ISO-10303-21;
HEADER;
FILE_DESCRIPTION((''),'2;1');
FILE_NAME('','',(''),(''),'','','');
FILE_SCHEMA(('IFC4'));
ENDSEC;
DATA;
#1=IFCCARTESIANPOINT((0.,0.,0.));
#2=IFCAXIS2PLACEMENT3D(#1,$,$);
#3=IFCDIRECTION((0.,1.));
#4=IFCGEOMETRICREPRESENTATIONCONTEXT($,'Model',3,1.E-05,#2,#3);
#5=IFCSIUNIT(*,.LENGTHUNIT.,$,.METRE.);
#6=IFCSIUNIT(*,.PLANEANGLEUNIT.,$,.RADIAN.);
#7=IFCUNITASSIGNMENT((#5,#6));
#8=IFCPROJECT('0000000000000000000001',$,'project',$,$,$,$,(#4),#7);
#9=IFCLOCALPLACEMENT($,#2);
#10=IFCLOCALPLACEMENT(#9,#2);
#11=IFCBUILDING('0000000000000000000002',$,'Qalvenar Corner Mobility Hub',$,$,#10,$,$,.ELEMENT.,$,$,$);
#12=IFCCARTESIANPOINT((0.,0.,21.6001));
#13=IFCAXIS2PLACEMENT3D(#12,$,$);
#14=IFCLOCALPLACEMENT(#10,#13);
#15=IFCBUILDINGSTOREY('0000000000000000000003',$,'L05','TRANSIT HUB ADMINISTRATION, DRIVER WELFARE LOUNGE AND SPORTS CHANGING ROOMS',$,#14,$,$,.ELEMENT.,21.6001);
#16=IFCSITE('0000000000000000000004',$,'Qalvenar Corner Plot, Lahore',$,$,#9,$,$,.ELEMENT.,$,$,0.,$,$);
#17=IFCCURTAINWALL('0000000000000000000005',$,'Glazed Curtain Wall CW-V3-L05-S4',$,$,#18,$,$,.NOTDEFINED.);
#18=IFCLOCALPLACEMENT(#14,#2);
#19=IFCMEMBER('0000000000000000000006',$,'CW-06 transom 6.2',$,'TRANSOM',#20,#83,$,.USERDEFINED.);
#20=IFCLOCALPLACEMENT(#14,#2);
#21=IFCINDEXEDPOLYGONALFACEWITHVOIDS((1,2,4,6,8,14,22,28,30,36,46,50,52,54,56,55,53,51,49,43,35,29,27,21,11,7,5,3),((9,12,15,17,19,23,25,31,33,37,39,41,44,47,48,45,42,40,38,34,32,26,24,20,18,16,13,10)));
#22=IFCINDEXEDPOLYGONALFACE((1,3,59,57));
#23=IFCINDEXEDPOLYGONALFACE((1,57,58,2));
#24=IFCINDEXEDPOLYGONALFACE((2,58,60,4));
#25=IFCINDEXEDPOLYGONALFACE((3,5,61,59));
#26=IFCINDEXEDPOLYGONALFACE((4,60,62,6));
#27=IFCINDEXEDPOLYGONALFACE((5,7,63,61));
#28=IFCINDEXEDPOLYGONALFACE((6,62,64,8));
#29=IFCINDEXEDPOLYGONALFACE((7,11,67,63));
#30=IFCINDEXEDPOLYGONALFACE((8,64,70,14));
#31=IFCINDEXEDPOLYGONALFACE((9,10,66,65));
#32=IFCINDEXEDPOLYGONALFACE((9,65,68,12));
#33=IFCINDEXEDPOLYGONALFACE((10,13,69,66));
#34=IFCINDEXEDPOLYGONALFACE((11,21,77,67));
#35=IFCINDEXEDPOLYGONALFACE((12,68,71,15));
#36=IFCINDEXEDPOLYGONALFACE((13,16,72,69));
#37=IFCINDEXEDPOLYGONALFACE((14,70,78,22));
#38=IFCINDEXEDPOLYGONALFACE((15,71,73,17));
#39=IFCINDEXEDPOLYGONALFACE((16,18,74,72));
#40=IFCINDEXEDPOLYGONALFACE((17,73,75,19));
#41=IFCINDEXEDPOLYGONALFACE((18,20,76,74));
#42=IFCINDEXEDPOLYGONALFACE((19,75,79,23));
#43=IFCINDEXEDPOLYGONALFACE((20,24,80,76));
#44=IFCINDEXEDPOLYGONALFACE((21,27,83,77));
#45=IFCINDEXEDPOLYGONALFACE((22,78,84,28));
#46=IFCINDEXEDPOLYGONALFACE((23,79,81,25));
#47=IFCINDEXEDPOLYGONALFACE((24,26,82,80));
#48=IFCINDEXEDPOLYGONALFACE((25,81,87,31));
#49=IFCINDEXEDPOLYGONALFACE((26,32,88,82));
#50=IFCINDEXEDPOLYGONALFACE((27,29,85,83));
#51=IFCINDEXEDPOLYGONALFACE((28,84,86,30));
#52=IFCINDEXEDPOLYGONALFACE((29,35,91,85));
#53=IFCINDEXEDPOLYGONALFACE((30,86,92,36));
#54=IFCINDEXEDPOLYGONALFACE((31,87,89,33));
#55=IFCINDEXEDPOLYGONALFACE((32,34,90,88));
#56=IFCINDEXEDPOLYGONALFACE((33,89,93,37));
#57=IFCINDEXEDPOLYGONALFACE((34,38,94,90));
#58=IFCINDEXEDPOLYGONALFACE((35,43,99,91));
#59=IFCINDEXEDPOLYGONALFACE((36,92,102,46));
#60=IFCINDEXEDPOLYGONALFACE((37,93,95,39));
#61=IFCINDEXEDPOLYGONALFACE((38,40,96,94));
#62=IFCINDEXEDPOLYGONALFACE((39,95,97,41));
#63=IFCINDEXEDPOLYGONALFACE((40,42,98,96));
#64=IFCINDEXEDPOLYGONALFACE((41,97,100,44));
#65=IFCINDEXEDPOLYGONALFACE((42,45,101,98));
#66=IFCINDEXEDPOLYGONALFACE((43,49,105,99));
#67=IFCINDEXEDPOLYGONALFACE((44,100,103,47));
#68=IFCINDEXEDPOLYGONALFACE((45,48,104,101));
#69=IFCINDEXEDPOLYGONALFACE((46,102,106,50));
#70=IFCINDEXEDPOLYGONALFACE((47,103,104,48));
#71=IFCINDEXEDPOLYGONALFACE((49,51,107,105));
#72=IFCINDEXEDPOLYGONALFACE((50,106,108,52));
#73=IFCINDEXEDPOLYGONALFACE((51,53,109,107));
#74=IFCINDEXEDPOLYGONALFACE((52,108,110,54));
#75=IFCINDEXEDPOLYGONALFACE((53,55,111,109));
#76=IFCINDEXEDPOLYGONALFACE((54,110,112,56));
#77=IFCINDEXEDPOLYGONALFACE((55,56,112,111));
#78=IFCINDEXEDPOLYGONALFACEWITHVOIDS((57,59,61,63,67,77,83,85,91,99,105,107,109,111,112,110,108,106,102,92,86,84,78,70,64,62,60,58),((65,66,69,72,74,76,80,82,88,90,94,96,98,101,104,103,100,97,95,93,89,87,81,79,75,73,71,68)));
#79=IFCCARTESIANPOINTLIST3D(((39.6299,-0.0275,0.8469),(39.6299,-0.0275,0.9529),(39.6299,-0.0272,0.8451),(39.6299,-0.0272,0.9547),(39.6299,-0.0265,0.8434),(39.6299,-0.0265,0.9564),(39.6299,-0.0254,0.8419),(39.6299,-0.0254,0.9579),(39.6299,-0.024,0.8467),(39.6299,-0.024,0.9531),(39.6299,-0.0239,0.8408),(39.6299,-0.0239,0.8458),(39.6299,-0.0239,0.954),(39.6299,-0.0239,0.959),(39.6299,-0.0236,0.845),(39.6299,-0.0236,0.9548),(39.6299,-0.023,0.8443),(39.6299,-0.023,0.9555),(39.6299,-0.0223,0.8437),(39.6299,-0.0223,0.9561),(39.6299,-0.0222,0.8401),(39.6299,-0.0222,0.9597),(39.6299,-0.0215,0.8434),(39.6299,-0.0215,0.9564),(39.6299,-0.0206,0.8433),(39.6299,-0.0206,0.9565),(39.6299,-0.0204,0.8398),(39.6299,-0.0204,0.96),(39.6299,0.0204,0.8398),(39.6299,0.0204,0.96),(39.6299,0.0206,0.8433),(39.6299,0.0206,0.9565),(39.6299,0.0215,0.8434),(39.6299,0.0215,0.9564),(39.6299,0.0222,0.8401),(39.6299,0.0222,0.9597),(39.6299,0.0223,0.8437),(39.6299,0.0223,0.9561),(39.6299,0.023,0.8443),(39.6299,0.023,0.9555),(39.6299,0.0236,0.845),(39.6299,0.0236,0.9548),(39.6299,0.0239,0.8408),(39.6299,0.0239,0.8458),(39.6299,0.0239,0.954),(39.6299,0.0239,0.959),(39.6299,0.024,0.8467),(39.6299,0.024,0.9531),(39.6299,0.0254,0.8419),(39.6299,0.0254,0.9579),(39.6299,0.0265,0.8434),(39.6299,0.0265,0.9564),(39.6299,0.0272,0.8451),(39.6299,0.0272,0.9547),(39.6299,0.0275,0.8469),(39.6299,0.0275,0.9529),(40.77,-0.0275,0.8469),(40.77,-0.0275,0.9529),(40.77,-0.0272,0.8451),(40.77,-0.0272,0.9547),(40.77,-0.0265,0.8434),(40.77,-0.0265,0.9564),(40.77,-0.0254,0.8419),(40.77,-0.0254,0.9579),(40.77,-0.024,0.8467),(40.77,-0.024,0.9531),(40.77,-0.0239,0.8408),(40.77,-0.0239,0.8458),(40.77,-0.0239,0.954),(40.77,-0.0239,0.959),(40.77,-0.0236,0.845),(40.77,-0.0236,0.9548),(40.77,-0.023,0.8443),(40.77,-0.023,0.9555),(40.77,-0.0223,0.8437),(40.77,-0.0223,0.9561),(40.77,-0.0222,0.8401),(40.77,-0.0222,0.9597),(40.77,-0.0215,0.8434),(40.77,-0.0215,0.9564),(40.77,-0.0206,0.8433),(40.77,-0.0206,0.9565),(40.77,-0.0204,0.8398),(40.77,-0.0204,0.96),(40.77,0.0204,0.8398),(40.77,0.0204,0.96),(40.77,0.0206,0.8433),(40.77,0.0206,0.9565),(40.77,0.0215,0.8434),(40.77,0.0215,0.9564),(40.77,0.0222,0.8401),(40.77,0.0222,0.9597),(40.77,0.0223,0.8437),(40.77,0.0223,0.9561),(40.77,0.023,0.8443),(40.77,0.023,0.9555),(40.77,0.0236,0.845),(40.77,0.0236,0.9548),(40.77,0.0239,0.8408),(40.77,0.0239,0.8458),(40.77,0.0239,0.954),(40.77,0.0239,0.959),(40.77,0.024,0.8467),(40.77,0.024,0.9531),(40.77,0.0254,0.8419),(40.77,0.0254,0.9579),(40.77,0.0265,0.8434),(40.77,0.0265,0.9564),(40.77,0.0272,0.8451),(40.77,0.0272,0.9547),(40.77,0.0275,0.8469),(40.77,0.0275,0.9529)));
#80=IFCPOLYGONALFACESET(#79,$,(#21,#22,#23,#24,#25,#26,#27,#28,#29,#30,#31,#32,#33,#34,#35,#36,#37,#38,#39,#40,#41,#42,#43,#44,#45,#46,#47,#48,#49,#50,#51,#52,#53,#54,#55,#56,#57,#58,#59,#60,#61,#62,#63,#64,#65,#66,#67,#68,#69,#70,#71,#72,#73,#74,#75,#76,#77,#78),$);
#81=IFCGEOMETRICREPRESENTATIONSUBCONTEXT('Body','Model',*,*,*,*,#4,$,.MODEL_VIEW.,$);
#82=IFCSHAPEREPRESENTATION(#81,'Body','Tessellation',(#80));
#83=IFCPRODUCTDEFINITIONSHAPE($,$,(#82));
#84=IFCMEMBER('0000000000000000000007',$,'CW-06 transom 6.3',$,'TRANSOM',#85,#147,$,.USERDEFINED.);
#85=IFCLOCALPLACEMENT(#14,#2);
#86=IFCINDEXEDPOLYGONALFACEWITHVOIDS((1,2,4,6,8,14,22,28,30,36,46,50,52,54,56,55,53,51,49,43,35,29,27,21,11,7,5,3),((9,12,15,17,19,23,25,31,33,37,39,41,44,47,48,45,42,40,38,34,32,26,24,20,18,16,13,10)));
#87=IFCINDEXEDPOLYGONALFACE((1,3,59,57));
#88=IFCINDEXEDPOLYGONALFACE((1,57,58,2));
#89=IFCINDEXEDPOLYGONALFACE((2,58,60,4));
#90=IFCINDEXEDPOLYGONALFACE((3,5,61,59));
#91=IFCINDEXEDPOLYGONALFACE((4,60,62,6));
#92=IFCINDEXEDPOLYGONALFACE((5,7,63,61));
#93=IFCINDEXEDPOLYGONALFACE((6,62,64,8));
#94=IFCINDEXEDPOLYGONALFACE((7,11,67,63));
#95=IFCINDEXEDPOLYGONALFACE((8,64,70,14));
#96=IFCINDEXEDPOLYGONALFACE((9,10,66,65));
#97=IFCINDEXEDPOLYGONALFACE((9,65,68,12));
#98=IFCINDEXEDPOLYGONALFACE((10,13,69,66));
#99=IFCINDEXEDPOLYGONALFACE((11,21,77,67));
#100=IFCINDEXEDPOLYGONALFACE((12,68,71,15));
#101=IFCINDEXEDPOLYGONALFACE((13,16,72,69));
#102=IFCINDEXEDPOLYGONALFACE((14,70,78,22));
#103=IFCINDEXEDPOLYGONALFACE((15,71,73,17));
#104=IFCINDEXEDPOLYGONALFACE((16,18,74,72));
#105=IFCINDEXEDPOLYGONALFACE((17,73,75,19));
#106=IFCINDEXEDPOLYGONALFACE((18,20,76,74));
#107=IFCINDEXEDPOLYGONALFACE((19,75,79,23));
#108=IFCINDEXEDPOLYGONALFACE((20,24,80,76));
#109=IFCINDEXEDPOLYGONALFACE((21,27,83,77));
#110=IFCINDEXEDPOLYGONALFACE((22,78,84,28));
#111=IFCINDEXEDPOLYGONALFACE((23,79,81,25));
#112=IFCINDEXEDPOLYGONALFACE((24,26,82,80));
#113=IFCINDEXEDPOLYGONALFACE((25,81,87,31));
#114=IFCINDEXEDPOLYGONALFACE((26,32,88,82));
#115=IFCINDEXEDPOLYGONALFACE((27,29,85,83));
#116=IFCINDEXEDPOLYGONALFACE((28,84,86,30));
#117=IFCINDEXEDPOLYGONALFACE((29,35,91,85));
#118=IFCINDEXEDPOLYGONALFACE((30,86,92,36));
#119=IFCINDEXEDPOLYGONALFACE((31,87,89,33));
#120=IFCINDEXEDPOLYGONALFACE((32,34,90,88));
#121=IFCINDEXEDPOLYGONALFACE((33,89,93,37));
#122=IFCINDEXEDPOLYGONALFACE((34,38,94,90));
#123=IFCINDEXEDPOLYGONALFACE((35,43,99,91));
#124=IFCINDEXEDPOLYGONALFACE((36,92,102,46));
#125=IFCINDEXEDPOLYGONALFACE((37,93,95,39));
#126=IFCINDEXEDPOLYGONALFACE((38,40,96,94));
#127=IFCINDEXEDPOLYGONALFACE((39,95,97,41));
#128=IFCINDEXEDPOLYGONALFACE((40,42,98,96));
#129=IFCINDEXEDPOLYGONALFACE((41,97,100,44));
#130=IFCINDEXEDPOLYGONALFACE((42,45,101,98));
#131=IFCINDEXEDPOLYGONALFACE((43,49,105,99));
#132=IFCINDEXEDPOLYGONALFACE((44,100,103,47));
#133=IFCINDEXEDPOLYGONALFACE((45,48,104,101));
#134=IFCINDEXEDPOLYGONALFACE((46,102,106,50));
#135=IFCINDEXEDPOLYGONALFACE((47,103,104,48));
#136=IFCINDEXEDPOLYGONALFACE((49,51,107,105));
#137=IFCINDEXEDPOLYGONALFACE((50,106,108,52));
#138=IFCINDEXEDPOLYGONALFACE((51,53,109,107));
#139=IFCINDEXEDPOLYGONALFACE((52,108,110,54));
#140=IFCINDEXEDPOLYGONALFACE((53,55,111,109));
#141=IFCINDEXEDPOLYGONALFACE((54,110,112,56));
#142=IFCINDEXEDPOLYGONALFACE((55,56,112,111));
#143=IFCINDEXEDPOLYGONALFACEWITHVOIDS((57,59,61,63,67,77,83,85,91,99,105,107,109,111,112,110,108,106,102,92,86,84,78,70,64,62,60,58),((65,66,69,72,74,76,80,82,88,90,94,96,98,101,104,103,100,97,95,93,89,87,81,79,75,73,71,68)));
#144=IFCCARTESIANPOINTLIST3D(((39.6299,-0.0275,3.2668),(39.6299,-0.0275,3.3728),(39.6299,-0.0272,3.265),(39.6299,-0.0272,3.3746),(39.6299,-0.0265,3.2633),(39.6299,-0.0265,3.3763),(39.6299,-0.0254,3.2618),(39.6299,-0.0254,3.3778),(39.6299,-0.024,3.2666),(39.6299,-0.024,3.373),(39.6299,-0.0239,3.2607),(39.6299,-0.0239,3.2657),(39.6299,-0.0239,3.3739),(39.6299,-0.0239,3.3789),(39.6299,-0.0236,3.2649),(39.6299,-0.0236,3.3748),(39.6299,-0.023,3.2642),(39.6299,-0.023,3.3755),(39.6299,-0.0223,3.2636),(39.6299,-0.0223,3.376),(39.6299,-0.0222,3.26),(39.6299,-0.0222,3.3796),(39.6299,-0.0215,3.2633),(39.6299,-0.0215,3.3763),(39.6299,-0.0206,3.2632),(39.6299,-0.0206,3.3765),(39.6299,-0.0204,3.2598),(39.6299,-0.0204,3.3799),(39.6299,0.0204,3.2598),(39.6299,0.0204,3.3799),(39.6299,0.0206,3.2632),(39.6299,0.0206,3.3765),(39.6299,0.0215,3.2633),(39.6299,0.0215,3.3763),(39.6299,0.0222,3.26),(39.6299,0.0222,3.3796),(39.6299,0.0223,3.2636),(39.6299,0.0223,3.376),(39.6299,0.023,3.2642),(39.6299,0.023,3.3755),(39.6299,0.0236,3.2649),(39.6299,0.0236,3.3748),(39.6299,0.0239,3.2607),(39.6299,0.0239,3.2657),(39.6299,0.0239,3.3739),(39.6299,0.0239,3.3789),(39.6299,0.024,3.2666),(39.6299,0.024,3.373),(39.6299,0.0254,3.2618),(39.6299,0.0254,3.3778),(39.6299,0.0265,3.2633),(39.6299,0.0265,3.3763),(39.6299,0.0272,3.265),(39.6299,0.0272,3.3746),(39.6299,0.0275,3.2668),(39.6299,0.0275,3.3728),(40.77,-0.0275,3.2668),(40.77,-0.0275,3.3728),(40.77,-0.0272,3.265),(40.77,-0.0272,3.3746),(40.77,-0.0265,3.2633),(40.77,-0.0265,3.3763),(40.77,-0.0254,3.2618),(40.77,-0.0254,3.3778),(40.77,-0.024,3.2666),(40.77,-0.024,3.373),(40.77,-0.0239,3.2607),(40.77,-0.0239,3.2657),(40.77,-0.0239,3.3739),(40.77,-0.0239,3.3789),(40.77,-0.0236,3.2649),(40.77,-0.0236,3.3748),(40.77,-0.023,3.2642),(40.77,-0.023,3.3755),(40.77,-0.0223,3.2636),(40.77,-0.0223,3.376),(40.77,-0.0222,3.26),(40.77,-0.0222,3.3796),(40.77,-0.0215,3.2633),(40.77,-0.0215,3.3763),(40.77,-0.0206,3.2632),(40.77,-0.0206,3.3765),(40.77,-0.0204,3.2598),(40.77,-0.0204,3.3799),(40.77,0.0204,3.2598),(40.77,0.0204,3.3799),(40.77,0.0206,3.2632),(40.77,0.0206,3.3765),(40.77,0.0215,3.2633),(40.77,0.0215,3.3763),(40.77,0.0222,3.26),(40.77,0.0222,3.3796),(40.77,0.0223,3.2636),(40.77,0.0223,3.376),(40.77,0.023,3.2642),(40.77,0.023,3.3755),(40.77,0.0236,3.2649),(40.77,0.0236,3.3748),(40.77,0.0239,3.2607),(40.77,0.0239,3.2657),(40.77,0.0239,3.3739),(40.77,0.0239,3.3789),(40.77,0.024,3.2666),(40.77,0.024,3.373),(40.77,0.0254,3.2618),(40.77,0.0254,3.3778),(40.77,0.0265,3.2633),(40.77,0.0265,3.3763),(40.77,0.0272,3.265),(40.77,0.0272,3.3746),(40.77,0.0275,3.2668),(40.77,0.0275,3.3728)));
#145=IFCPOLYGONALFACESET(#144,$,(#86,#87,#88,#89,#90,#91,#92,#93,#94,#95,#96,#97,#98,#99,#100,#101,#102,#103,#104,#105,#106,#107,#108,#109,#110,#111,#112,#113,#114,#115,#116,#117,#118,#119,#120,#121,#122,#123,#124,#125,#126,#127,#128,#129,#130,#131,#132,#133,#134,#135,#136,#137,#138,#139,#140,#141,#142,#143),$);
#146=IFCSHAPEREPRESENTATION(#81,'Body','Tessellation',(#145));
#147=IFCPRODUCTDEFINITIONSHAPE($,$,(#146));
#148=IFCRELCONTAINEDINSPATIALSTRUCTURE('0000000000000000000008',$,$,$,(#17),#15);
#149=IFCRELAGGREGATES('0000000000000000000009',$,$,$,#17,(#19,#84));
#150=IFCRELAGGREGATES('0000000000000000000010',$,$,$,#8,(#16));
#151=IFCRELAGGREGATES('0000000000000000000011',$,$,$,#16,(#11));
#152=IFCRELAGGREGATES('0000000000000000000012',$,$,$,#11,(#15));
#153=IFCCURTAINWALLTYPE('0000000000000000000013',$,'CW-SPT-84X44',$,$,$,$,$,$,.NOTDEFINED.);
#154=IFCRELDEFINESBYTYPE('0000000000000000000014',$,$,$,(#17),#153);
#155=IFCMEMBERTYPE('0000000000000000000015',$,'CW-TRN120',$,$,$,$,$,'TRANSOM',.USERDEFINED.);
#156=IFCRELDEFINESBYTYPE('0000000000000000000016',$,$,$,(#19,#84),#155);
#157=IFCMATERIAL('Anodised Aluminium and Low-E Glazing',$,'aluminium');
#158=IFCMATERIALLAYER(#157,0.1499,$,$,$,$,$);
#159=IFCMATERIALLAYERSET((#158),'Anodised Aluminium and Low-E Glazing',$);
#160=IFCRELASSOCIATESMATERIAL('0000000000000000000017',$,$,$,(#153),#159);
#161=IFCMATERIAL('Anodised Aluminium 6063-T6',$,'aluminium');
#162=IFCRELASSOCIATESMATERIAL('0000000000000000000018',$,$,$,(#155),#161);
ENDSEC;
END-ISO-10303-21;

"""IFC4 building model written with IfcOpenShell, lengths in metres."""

from ifc_helpers import new_model, si_unit, direction, frame, origin, origin_2d, place, context, subcontext, project, spatial, hollow_rectangle, extrude, material, layer, layer_set, material_profile, profile_set, type_object, element, aggregate, save


model = new_model("IFC4")

# Units and contexts
model_context = context("Model", 3, precision=1e-05, world=origin(), true_north=direction((0.0, 1.0)))
body_context = subcontext(model_context, "Body", "Model", "MODEL_VIEW")
ifc_project = project(units=[si_unit("LENGTHUNIT", "METRE"), si_unit("PLANEANGLEUNIT", "RADIAN")], contexts=[model_context])

# Site, building, storey
site_placement = place(None, origin())
site = spatial("IfcSite", under=ifc_project, at=site_placement, Name="Qalvenar Corner Plot, Lahore", CompositionType="ELEMENT", RefElevation=0.0)
building_placement = place(site_placement, origin())
building = spatial("IfcBuilding", under=site, at=building_placement, Name="Qalvenar Corner Mobility Hub", CompositionType="ELEMENT")
storey_placement = place(building_placement, frame((0.0, 0.0, 21.6001)))
storey = spatial("IfcBuildingStorey", under=building, at=storey_placement, Name="L05", Description="TRANSIT HUB ADMINISTRATION, DRIVER WELFARE LOUNGE AND SPORTS CHANGING ROOMS", CompositionType="ELEMENT", Elevation=21.6001)

# Curtain wall, members
ifc_material_1 = material(Name="Anodised Aluminium and Low-E Glazing", Category="aluminium")
ifc_layer_1 = layer(ifc_material_1, 0.1499)
ifc_layer_set_1 = layer_set([ifc_layer_1], Name="Anodised Aluminium and Low-E Glazing")
curtain_wall_type = type_object("IfcCurtainWallType", Name="CW-SPT-84X44", PredefinedType="NOTDEFINED", material=ifc_layer_set_1)
curtain_wall_placement = place(storey_placement, origin())
curtain_wall = element("IfcCurtainWall", 1, at=curtain_wall_placement, inside=storey, type_object=curtain_wall_type, Name="Glazed Curtain Wall CW-V3-L05-S4", PredefinedType="NOTDEFINED")
ifc_material_2 = material(Name="Anodised Aluminium 6063-T6", Category="aluminium")
ifc_material_profile_1 = material_profile(ifc_material_2, hollow_rectangle(XDim=0.0549, YDim=0.1201, WallThickness=0.0034, InnerFilletRadius=0.0034, OuterFilletRadius=0.0071, at=origin_2d()), Name="RHS120x55x3.5")
ifc_profile_set_1 = profile_set([ifc_material_profile_1], Name="Anodised Aluminium 6063-T6")
member_type_1 = type_object("IfcMemberType", Name="CW-TRN120", ElementType="TRANSOM", PredefinedType="USERDEFINED", material=ifc_profile_set_1)
member_1_placement = place(storey_placement, frame((39.6299, 0.0, 0.8999), z_axis=(1.0, 0.0, 0.0), x_axis=(0.0, 1.0, 0.0)))
member_1 = element("IfcMember", 2, at=member_1_placement, type_object=member_type_1, Name="CW-06 transom 6.2", ObjectType="TRANSOM", PredefinedType="USERDEFINED", context=body_context, shape_type="SweptSolid", body=[
    extrude(hollow_rectangle(XDim=0.0549, YDim=0.1201, WallThickness=0.0034, InnerFilletRadius=0.0034, OuterFilletRadius=0.0071, at=origin_2d()), origin(), (0.0, 0.0, 1.0), 1.1401),
])
member_2_placement = place(storey_placement, frame((39.6299, 0.0, 3.3198), z_axis=(1.0, 0.0, 0.0), x_axis=(0.0, 1.0, 0.0)))
member_2 = element("IfcMember", 3, at=member_2_placement, type_object=member_type_1, Name="CW-06 transom 6.3", ObjectType="TRANSOM", PredefinedType="USERDEFINED", context=body_context, shape_type="SweptSolid", body=[
    extrude(hollow_rectangle(XDim=0.0549, YDim=0.1201, WallThickness=0.0034, InnerFilletRadius=0.0034, OuterFilletRadius=0.0071, at=origin_2d()), origin(), (0.0, 0.0, 1.0), 1.1401),
])
aggregate(curtain_wall, [member_1, member_2])

save(model, "model.ifc")
